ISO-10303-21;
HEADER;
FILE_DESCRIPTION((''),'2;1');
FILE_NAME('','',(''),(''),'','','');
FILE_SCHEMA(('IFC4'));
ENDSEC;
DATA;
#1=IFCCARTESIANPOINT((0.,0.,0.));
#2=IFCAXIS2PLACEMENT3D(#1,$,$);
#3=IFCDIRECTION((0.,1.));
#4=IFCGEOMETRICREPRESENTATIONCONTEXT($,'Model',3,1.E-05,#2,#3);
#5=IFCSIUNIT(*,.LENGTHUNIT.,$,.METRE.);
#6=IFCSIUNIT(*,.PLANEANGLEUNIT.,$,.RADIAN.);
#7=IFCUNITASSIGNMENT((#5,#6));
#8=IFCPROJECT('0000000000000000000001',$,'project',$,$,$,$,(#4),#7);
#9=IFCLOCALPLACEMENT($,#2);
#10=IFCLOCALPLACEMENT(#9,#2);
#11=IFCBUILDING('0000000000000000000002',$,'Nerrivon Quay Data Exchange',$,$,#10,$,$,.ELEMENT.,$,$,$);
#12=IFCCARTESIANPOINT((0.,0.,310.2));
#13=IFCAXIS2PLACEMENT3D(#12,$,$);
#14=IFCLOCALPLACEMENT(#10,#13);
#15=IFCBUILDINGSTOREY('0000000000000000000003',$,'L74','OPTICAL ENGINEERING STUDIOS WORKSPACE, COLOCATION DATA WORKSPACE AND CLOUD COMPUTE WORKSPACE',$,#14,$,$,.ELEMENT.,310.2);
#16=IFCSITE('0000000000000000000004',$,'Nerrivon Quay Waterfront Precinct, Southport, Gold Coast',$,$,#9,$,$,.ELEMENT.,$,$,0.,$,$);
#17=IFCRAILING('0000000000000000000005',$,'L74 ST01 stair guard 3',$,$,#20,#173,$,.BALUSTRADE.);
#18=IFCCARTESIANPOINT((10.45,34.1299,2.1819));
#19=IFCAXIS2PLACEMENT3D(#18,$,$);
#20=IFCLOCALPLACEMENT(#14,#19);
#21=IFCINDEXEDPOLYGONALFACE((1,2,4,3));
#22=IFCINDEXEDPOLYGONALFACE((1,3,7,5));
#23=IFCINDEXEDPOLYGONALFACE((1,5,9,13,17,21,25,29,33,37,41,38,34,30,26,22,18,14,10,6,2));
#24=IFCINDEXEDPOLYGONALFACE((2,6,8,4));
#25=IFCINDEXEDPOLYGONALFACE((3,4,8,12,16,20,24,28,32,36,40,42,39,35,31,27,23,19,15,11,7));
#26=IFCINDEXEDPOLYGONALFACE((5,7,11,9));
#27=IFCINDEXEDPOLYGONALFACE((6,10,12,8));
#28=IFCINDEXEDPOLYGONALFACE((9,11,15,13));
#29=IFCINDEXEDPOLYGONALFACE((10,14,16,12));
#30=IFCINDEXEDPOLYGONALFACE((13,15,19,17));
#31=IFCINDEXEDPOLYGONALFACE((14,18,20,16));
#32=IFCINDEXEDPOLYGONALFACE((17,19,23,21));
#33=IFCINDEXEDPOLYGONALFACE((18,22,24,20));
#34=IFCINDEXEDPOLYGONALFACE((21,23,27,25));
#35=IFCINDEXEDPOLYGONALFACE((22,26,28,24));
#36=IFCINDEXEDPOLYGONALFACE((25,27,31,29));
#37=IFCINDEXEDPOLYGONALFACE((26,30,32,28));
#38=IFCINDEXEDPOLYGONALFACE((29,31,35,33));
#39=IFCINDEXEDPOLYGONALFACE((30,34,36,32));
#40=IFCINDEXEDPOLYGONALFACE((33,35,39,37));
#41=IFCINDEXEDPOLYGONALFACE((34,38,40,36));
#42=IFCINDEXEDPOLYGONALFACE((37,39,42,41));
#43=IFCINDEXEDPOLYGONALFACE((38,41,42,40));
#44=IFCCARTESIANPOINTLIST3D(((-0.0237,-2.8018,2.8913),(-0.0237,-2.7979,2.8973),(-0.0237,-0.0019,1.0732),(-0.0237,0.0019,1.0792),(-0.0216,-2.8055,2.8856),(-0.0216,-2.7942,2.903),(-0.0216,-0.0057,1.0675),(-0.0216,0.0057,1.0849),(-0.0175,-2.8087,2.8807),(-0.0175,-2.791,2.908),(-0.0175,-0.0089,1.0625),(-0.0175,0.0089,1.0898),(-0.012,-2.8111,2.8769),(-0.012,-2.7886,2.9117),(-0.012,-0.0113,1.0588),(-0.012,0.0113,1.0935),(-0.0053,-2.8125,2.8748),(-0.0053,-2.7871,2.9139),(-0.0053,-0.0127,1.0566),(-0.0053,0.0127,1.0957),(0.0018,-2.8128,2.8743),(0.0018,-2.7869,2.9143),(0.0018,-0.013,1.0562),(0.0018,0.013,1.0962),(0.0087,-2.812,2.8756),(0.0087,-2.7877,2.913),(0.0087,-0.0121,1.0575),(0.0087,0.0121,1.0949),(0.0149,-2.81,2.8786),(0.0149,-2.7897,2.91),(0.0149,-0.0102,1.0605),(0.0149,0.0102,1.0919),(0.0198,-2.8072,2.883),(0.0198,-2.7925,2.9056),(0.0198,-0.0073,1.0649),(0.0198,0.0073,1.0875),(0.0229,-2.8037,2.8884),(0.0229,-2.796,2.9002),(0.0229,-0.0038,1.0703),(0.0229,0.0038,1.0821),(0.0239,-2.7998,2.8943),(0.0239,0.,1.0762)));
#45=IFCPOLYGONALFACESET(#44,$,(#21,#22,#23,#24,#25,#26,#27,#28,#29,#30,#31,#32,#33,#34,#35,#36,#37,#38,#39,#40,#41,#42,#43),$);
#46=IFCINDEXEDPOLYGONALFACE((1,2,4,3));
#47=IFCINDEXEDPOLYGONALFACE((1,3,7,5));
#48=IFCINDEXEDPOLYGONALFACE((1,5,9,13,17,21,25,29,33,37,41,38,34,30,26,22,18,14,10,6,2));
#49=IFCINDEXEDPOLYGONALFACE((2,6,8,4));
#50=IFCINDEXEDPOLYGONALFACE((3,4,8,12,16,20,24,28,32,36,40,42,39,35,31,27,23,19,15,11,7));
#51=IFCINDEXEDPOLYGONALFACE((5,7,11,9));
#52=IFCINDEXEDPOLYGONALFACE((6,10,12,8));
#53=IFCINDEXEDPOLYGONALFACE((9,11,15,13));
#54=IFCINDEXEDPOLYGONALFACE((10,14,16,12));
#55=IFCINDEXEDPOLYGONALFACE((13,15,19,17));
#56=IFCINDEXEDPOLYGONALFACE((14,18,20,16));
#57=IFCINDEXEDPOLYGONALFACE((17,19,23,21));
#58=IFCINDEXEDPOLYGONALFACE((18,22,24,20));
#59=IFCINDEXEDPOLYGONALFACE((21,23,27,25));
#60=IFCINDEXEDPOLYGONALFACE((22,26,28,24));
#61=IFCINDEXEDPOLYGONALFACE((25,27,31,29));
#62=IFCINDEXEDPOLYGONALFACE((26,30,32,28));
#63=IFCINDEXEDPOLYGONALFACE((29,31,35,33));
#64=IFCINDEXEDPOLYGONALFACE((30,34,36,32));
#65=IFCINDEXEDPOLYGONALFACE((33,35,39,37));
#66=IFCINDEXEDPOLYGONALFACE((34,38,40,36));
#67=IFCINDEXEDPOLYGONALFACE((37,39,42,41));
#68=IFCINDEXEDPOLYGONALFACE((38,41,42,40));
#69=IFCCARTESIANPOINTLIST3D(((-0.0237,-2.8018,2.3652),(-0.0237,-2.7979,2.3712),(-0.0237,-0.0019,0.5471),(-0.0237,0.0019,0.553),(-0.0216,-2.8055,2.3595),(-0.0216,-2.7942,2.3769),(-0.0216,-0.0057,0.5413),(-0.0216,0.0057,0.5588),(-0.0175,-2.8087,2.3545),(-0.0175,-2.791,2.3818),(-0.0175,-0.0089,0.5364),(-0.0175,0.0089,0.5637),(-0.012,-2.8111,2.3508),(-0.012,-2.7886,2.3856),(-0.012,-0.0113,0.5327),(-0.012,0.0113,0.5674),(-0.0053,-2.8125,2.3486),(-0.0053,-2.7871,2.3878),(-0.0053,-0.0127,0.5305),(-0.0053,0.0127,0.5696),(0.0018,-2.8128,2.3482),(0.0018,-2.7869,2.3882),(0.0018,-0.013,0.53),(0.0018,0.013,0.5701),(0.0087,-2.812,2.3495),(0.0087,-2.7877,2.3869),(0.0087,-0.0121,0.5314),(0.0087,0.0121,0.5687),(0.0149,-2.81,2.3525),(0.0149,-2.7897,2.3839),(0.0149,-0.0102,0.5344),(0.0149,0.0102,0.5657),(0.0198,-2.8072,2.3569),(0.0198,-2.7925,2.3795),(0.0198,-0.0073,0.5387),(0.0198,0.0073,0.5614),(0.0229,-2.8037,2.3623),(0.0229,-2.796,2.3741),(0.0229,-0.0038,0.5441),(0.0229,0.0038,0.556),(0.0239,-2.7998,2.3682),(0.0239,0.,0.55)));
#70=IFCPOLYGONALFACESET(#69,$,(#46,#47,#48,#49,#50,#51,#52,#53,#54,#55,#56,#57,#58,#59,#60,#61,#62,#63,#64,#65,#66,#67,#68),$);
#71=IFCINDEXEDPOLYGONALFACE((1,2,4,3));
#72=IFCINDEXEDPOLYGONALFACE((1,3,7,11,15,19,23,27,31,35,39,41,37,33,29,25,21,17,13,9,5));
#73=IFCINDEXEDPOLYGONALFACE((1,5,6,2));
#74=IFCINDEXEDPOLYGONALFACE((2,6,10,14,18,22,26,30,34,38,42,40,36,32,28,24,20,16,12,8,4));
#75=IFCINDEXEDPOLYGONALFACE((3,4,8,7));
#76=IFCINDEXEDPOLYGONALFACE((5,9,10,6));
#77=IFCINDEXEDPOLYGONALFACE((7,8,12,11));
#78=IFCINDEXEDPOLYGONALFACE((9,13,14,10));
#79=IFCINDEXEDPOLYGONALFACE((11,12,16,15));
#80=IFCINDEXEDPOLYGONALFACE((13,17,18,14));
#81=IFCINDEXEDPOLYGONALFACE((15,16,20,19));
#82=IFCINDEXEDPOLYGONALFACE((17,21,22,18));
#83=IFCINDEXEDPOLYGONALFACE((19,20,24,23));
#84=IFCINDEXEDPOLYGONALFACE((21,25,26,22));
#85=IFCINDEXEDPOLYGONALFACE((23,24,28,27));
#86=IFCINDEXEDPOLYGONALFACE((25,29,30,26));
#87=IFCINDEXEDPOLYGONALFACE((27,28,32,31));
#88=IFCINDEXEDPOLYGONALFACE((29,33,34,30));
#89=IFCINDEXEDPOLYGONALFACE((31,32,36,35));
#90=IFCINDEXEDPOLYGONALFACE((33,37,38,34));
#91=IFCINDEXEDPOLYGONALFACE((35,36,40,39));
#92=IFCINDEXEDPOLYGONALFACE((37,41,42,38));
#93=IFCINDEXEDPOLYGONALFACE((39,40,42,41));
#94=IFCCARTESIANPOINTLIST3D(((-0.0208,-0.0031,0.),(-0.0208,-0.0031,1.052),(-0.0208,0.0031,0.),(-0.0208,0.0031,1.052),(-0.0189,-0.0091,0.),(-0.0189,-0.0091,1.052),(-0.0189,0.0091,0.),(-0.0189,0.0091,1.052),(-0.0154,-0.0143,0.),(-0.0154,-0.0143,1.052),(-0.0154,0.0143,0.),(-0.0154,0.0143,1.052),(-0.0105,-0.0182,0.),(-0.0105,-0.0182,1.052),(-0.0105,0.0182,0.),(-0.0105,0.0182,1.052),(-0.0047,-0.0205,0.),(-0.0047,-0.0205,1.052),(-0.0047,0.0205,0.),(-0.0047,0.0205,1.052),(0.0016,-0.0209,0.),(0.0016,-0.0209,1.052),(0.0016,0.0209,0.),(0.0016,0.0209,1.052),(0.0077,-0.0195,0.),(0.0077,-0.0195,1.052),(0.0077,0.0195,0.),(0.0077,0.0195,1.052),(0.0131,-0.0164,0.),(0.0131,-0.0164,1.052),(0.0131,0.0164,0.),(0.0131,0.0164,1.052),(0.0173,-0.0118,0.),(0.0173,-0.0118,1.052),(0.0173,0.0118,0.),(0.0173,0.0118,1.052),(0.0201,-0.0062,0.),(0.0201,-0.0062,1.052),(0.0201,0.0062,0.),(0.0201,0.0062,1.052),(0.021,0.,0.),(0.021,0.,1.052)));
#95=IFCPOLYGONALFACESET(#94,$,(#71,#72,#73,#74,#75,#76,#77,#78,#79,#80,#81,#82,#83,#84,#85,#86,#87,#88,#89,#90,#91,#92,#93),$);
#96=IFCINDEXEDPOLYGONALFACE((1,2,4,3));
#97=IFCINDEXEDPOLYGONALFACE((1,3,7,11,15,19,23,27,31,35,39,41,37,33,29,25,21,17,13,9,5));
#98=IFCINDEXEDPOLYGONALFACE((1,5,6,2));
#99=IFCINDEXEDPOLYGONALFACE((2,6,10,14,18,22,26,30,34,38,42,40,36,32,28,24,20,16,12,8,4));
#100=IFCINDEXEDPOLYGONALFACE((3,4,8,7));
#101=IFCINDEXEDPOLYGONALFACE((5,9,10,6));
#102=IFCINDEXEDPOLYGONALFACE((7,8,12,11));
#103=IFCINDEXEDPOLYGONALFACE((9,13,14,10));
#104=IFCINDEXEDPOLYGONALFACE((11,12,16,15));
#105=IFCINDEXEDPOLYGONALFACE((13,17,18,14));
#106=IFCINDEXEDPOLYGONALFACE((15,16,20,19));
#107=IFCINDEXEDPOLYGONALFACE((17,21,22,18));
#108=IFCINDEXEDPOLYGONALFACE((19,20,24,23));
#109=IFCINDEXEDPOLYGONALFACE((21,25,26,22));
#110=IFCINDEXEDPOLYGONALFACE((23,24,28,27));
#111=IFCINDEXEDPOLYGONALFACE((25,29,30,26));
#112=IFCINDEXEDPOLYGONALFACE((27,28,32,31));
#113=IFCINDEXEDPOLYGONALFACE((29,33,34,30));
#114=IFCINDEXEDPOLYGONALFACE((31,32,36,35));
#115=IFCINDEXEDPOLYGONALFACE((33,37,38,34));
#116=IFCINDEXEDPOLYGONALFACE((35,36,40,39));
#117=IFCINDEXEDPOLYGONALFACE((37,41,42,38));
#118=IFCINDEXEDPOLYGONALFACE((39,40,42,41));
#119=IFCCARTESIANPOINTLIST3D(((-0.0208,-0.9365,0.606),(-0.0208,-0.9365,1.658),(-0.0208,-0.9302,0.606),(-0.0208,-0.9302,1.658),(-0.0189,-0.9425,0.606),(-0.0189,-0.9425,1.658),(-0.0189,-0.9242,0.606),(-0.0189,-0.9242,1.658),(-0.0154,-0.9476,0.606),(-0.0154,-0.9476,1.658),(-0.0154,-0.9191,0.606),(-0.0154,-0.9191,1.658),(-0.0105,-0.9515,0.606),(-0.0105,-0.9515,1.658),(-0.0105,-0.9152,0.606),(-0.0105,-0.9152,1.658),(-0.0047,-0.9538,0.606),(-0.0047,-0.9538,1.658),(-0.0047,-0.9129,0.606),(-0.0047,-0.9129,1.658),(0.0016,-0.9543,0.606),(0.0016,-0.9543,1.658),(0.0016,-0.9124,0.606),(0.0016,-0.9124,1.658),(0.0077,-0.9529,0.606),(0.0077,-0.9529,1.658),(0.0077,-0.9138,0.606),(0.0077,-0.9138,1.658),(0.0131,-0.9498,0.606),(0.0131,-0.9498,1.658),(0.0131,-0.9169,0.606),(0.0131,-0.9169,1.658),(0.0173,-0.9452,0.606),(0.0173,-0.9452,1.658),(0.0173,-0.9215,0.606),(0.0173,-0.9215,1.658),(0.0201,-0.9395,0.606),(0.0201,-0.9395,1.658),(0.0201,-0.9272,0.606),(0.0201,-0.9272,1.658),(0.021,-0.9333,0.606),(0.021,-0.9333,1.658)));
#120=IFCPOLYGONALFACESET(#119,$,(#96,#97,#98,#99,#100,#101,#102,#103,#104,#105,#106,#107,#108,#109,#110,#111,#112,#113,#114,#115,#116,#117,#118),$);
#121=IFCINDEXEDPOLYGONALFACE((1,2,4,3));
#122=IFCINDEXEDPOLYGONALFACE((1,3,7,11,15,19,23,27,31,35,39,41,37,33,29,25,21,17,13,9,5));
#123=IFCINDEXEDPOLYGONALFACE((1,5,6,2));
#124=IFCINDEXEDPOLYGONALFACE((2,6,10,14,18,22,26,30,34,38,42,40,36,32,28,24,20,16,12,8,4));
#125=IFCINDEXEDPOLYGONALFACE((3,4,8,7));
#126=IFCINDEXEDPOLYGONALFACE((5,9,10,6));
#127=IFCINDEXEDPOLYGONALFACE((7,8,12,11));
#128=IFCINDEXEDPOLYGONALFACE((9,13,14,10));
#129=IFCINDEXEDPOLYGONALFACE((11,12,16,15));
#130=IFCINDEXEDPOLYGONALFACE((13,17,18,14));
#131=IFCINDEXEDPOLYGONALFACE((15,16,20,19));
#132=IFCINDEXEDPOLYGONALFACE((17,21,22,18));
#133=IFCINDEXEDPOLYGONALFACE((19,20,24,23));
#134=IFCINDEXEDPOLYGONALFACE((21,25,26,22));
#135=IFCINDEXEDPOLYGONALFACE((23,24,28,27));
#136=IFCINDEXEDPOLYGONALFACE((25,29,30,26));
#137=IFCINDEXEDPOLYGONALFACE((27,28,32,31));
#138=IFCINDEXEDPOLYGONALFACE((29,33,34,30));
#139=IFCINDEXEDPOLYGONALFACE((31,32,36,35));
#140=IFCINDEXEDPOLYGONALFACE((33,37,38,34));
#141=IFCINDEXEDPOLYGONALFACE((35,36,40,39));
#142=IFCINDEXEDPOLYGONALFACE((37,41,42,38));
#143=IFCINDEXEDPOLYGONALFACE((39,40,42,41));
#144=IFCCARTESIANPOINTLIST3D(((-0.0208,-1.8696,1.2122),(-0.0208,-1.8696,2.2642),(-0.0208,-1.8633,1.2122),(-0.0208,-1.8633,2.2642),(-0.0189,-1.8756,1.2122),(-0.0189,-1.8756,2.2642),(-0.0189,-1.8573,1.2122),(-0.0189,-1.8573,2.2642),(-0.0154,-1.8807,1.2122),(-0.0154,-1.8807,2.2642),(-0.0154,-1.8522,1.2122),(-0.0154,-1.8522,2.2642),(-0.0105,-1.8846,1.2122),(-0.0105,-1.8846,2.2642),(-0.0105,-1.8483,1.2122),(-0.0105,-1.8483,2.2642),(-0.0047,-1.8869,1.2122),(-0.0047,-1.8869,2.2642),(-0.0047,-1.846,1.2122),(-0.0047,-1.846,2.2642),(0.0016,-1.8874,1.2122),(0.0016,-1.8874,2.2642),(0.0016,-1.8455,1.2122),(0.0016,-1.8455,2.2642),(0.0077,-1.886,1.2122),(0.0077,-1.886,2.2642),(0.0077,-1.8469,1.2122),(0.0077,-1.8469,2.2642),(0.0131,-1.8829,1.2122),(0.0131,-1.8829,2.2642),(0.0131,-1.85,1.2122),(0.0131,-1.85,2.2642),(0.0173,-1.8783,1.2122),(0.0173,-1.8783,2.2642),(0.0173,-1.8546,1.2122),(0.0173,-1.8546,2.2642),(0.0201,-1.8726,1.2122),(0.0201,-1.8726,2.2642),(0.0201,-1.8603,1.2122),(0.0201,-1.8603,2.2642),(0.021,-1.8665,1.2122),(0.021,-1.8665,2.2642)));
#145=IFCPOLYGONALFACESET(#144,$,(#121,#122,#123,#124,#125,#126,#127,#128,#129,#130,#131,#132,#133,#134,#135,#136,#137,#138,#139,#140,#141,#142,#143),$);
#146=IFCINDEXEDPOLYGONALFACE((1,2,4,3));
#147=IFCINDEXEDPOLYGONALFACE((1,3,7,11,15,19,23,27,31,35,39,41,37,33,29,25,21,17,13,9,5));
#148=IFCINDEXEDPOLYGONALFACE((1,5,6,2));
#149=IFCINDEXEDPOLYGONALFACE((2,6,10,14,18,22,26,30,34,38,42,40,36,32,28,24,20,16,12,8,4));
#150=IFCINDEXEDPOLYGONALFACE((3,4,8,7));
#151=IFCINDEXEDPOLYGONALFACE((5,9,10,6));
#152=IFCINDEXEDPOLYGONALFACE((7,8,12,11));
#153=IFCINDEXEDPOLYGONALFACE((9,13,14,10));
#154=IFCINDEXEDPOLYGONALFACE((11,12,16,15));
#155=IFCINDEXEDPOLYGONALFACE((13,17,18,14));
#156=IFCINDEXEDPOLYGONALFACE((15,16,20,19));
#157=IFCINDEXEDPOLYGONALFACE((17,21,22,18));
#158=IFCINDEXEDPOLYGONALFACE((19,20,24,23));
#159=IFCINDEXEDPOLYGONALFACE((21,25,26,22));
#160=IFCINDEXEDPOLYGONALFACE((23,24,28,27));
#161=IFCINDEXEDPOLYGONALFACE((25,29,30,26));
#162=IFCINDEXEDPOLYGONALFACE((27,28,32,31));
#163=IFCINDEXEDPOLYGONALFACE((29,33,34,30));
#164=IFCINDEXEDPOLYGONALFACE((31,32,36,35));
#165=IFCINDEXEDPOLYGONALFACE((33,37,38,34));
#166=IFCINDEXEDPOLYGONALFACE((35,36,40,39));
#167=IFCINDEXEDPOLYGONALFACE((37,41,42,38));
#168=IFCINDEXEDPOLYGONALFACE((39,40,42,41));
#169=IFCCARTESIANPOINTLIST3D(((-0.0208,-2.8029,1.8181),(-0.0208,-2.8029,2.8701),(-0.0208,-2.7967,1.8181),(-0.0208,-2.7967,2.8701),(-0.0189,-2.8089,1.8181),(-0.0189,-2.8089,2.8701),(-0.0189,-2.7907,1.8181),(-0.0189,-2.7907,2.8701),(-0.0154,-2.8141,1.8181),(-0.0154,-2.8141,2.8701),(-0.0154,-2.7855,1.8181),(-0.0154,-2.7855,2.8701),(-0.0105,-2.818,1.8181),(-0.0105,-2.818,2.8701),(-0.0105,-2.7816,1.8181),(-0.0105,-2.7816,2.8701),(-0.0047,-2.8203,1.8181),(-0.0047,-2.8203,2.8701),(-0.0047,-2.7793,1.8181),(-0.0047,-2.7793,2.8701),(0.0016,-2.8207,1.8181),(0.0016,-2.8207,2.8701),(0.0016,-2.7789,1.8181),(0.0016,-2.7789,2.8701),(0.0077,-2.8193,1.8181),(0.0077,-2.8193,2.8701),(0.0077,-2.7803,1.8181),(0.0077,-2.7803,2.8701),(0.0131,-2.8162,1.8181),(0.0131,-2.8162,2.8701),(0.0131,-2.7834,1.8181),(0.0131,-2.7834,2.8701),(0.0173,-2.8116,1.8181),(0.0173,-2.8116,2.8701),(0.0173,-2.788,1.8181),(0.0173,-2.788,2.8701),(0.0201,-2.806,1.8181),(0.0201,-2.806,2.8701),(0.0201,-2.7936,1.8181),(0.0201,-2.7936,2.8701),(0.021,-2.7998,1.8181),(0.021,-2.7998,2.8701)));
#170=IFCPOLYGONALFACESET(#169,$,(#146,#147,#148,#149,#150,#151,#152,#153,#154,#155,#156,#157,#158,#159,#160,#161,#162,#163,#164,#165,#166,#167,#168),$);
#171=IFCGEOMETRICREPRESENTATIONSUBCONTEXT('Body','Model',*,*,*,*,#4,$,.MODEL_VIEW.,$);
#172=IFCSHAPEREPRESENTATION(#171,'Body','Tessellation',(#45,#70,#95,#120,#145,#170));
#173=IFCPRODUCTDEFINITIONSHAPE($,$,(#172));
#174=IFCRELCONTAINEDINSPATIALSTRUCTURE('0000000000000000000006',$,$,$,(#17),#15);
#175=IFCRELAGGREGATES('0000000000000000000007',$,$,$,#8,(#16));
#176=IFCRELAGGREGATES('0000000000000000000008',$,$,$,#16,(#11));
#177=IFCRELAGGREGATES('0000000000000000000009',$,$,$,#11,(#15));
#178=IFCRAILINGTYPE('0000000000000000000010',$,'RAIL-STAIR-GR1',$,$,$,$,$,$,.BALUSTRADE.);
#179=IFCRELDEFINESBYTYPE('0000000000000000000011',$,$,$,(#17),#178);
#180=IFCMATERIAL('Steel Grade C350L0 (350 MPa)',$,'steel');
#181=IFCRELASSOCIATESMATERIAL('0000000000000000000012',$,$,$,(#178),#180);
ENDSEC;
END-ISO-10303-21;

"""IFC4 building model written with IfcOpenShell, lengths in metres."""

from ifc_helpers import new_model, si_unit, direction, frame, origin, origin_2d, place, context, subcontext, project, spatial, circle, extrude, material, type_object, element, save


model = new_model("IFC4")

# Units and contexts
model_context = context("Model", 3, precision=1e-05, world=origin(), true_north=direction((0.0, 1.0)))
body_context = subcontext(model_context, "Body", "Model", "MODEL_VIEW")
ifc_project = project(units=[si_unit("LENGTHUNIT", "METRE"), si_unit("PLANEANGLEUNIT", "RADIAN")], contexts=[model_context])

# Site, building, storey
site_placement = place(None, origin())
site = spatial("IfcSite", under=ifc_project, at=site_placement, Name="Nerrivon Quay Waterfront Precinct, Southport, Gold Coast", CompositionType="ELEMENT", RefElevation=0.0)
building_placement = place(site_placement, origin())
building = spatial("IfcBuilding", under=site, at=building_placement, Name="Nerrivon Quay Data Exchange", CompositionType="ELEMENT")
storey_placement = place(building_placement, frame((0.0, 0.0, 310.2)))
storey = spatial("IfcBuildingStorey", under=building, at=storey_placement, Name="L74", Description="OPTICAL ENGINEERING STUDIOS WORKSPACE, COLOCATION DATA WORKSPACE AND CLOUD COMPUTE WORKSPACE", CompositionType="ELEMENT", Elevation=310.2)

# Shared definitions
ifc_material_1 = material(Name="Steel Grade C350L0 (350 MPa)", Category="steel")

# Railing
railing_type_1 = type_object("IfcRailingType", Name="RAIL-STAIR-GR1", PredefinedType="BALUSTRADE", material=ifc_material_1)
railing_1_placement = place(storey_placement, frame((10.45, 34.1299, 2.1819)))
element("IfcRailing", 1, at=railing_1_placement, inside=storey, type_object=railing_type_1, Name="L74 ST01 stair guard 3", PredefinedType="BALUSTRADE", context=body_context, shape_type="SweptSolid", body=[
    extrude(circle(Radius=0.0239, at=origin_2d()), frame((0.0, 0.0, 1.0762), z_axis=(0.0, -0.838684, 0.544618), x_axis=(1.0, 0.0, 0.0)), (0.0, 0.0, 1.0), 3.3384),
    extrude(circle(Radius=0.0239, at=origin_2d()), frame((0.0, 0.0, 0.55), z_axis=(0.0, -0.838684, 0.544618), x_axis=(1.0, 0.0, 0.0)), (0.0, 0.0, 1.0), 3.3384),
    extrude(circle(Radius=0.021, at=origin_2d()), origin(), (0.0, 0.0, 1.0), 1.052),
    extrude(circle(Radius=0.021, at=origin_2d()), frame((0.0, -0.9333, 0.606)), (0.0, 0.0, 1.0), 1.052),
    extrude(circle(Radius=0.021, at=origin_2d()), frame((0.0, -1.8665, 1.2122)), (0.0, 0.0, 1.0), 1.052),
    extrude(circle(Radius=0.021, at=origin_2d()), frame((0.0, -2.7998, 1.8181)), (0.0, 0.0, 1.0), 1.052),
])

save(model, "model.ifc")
